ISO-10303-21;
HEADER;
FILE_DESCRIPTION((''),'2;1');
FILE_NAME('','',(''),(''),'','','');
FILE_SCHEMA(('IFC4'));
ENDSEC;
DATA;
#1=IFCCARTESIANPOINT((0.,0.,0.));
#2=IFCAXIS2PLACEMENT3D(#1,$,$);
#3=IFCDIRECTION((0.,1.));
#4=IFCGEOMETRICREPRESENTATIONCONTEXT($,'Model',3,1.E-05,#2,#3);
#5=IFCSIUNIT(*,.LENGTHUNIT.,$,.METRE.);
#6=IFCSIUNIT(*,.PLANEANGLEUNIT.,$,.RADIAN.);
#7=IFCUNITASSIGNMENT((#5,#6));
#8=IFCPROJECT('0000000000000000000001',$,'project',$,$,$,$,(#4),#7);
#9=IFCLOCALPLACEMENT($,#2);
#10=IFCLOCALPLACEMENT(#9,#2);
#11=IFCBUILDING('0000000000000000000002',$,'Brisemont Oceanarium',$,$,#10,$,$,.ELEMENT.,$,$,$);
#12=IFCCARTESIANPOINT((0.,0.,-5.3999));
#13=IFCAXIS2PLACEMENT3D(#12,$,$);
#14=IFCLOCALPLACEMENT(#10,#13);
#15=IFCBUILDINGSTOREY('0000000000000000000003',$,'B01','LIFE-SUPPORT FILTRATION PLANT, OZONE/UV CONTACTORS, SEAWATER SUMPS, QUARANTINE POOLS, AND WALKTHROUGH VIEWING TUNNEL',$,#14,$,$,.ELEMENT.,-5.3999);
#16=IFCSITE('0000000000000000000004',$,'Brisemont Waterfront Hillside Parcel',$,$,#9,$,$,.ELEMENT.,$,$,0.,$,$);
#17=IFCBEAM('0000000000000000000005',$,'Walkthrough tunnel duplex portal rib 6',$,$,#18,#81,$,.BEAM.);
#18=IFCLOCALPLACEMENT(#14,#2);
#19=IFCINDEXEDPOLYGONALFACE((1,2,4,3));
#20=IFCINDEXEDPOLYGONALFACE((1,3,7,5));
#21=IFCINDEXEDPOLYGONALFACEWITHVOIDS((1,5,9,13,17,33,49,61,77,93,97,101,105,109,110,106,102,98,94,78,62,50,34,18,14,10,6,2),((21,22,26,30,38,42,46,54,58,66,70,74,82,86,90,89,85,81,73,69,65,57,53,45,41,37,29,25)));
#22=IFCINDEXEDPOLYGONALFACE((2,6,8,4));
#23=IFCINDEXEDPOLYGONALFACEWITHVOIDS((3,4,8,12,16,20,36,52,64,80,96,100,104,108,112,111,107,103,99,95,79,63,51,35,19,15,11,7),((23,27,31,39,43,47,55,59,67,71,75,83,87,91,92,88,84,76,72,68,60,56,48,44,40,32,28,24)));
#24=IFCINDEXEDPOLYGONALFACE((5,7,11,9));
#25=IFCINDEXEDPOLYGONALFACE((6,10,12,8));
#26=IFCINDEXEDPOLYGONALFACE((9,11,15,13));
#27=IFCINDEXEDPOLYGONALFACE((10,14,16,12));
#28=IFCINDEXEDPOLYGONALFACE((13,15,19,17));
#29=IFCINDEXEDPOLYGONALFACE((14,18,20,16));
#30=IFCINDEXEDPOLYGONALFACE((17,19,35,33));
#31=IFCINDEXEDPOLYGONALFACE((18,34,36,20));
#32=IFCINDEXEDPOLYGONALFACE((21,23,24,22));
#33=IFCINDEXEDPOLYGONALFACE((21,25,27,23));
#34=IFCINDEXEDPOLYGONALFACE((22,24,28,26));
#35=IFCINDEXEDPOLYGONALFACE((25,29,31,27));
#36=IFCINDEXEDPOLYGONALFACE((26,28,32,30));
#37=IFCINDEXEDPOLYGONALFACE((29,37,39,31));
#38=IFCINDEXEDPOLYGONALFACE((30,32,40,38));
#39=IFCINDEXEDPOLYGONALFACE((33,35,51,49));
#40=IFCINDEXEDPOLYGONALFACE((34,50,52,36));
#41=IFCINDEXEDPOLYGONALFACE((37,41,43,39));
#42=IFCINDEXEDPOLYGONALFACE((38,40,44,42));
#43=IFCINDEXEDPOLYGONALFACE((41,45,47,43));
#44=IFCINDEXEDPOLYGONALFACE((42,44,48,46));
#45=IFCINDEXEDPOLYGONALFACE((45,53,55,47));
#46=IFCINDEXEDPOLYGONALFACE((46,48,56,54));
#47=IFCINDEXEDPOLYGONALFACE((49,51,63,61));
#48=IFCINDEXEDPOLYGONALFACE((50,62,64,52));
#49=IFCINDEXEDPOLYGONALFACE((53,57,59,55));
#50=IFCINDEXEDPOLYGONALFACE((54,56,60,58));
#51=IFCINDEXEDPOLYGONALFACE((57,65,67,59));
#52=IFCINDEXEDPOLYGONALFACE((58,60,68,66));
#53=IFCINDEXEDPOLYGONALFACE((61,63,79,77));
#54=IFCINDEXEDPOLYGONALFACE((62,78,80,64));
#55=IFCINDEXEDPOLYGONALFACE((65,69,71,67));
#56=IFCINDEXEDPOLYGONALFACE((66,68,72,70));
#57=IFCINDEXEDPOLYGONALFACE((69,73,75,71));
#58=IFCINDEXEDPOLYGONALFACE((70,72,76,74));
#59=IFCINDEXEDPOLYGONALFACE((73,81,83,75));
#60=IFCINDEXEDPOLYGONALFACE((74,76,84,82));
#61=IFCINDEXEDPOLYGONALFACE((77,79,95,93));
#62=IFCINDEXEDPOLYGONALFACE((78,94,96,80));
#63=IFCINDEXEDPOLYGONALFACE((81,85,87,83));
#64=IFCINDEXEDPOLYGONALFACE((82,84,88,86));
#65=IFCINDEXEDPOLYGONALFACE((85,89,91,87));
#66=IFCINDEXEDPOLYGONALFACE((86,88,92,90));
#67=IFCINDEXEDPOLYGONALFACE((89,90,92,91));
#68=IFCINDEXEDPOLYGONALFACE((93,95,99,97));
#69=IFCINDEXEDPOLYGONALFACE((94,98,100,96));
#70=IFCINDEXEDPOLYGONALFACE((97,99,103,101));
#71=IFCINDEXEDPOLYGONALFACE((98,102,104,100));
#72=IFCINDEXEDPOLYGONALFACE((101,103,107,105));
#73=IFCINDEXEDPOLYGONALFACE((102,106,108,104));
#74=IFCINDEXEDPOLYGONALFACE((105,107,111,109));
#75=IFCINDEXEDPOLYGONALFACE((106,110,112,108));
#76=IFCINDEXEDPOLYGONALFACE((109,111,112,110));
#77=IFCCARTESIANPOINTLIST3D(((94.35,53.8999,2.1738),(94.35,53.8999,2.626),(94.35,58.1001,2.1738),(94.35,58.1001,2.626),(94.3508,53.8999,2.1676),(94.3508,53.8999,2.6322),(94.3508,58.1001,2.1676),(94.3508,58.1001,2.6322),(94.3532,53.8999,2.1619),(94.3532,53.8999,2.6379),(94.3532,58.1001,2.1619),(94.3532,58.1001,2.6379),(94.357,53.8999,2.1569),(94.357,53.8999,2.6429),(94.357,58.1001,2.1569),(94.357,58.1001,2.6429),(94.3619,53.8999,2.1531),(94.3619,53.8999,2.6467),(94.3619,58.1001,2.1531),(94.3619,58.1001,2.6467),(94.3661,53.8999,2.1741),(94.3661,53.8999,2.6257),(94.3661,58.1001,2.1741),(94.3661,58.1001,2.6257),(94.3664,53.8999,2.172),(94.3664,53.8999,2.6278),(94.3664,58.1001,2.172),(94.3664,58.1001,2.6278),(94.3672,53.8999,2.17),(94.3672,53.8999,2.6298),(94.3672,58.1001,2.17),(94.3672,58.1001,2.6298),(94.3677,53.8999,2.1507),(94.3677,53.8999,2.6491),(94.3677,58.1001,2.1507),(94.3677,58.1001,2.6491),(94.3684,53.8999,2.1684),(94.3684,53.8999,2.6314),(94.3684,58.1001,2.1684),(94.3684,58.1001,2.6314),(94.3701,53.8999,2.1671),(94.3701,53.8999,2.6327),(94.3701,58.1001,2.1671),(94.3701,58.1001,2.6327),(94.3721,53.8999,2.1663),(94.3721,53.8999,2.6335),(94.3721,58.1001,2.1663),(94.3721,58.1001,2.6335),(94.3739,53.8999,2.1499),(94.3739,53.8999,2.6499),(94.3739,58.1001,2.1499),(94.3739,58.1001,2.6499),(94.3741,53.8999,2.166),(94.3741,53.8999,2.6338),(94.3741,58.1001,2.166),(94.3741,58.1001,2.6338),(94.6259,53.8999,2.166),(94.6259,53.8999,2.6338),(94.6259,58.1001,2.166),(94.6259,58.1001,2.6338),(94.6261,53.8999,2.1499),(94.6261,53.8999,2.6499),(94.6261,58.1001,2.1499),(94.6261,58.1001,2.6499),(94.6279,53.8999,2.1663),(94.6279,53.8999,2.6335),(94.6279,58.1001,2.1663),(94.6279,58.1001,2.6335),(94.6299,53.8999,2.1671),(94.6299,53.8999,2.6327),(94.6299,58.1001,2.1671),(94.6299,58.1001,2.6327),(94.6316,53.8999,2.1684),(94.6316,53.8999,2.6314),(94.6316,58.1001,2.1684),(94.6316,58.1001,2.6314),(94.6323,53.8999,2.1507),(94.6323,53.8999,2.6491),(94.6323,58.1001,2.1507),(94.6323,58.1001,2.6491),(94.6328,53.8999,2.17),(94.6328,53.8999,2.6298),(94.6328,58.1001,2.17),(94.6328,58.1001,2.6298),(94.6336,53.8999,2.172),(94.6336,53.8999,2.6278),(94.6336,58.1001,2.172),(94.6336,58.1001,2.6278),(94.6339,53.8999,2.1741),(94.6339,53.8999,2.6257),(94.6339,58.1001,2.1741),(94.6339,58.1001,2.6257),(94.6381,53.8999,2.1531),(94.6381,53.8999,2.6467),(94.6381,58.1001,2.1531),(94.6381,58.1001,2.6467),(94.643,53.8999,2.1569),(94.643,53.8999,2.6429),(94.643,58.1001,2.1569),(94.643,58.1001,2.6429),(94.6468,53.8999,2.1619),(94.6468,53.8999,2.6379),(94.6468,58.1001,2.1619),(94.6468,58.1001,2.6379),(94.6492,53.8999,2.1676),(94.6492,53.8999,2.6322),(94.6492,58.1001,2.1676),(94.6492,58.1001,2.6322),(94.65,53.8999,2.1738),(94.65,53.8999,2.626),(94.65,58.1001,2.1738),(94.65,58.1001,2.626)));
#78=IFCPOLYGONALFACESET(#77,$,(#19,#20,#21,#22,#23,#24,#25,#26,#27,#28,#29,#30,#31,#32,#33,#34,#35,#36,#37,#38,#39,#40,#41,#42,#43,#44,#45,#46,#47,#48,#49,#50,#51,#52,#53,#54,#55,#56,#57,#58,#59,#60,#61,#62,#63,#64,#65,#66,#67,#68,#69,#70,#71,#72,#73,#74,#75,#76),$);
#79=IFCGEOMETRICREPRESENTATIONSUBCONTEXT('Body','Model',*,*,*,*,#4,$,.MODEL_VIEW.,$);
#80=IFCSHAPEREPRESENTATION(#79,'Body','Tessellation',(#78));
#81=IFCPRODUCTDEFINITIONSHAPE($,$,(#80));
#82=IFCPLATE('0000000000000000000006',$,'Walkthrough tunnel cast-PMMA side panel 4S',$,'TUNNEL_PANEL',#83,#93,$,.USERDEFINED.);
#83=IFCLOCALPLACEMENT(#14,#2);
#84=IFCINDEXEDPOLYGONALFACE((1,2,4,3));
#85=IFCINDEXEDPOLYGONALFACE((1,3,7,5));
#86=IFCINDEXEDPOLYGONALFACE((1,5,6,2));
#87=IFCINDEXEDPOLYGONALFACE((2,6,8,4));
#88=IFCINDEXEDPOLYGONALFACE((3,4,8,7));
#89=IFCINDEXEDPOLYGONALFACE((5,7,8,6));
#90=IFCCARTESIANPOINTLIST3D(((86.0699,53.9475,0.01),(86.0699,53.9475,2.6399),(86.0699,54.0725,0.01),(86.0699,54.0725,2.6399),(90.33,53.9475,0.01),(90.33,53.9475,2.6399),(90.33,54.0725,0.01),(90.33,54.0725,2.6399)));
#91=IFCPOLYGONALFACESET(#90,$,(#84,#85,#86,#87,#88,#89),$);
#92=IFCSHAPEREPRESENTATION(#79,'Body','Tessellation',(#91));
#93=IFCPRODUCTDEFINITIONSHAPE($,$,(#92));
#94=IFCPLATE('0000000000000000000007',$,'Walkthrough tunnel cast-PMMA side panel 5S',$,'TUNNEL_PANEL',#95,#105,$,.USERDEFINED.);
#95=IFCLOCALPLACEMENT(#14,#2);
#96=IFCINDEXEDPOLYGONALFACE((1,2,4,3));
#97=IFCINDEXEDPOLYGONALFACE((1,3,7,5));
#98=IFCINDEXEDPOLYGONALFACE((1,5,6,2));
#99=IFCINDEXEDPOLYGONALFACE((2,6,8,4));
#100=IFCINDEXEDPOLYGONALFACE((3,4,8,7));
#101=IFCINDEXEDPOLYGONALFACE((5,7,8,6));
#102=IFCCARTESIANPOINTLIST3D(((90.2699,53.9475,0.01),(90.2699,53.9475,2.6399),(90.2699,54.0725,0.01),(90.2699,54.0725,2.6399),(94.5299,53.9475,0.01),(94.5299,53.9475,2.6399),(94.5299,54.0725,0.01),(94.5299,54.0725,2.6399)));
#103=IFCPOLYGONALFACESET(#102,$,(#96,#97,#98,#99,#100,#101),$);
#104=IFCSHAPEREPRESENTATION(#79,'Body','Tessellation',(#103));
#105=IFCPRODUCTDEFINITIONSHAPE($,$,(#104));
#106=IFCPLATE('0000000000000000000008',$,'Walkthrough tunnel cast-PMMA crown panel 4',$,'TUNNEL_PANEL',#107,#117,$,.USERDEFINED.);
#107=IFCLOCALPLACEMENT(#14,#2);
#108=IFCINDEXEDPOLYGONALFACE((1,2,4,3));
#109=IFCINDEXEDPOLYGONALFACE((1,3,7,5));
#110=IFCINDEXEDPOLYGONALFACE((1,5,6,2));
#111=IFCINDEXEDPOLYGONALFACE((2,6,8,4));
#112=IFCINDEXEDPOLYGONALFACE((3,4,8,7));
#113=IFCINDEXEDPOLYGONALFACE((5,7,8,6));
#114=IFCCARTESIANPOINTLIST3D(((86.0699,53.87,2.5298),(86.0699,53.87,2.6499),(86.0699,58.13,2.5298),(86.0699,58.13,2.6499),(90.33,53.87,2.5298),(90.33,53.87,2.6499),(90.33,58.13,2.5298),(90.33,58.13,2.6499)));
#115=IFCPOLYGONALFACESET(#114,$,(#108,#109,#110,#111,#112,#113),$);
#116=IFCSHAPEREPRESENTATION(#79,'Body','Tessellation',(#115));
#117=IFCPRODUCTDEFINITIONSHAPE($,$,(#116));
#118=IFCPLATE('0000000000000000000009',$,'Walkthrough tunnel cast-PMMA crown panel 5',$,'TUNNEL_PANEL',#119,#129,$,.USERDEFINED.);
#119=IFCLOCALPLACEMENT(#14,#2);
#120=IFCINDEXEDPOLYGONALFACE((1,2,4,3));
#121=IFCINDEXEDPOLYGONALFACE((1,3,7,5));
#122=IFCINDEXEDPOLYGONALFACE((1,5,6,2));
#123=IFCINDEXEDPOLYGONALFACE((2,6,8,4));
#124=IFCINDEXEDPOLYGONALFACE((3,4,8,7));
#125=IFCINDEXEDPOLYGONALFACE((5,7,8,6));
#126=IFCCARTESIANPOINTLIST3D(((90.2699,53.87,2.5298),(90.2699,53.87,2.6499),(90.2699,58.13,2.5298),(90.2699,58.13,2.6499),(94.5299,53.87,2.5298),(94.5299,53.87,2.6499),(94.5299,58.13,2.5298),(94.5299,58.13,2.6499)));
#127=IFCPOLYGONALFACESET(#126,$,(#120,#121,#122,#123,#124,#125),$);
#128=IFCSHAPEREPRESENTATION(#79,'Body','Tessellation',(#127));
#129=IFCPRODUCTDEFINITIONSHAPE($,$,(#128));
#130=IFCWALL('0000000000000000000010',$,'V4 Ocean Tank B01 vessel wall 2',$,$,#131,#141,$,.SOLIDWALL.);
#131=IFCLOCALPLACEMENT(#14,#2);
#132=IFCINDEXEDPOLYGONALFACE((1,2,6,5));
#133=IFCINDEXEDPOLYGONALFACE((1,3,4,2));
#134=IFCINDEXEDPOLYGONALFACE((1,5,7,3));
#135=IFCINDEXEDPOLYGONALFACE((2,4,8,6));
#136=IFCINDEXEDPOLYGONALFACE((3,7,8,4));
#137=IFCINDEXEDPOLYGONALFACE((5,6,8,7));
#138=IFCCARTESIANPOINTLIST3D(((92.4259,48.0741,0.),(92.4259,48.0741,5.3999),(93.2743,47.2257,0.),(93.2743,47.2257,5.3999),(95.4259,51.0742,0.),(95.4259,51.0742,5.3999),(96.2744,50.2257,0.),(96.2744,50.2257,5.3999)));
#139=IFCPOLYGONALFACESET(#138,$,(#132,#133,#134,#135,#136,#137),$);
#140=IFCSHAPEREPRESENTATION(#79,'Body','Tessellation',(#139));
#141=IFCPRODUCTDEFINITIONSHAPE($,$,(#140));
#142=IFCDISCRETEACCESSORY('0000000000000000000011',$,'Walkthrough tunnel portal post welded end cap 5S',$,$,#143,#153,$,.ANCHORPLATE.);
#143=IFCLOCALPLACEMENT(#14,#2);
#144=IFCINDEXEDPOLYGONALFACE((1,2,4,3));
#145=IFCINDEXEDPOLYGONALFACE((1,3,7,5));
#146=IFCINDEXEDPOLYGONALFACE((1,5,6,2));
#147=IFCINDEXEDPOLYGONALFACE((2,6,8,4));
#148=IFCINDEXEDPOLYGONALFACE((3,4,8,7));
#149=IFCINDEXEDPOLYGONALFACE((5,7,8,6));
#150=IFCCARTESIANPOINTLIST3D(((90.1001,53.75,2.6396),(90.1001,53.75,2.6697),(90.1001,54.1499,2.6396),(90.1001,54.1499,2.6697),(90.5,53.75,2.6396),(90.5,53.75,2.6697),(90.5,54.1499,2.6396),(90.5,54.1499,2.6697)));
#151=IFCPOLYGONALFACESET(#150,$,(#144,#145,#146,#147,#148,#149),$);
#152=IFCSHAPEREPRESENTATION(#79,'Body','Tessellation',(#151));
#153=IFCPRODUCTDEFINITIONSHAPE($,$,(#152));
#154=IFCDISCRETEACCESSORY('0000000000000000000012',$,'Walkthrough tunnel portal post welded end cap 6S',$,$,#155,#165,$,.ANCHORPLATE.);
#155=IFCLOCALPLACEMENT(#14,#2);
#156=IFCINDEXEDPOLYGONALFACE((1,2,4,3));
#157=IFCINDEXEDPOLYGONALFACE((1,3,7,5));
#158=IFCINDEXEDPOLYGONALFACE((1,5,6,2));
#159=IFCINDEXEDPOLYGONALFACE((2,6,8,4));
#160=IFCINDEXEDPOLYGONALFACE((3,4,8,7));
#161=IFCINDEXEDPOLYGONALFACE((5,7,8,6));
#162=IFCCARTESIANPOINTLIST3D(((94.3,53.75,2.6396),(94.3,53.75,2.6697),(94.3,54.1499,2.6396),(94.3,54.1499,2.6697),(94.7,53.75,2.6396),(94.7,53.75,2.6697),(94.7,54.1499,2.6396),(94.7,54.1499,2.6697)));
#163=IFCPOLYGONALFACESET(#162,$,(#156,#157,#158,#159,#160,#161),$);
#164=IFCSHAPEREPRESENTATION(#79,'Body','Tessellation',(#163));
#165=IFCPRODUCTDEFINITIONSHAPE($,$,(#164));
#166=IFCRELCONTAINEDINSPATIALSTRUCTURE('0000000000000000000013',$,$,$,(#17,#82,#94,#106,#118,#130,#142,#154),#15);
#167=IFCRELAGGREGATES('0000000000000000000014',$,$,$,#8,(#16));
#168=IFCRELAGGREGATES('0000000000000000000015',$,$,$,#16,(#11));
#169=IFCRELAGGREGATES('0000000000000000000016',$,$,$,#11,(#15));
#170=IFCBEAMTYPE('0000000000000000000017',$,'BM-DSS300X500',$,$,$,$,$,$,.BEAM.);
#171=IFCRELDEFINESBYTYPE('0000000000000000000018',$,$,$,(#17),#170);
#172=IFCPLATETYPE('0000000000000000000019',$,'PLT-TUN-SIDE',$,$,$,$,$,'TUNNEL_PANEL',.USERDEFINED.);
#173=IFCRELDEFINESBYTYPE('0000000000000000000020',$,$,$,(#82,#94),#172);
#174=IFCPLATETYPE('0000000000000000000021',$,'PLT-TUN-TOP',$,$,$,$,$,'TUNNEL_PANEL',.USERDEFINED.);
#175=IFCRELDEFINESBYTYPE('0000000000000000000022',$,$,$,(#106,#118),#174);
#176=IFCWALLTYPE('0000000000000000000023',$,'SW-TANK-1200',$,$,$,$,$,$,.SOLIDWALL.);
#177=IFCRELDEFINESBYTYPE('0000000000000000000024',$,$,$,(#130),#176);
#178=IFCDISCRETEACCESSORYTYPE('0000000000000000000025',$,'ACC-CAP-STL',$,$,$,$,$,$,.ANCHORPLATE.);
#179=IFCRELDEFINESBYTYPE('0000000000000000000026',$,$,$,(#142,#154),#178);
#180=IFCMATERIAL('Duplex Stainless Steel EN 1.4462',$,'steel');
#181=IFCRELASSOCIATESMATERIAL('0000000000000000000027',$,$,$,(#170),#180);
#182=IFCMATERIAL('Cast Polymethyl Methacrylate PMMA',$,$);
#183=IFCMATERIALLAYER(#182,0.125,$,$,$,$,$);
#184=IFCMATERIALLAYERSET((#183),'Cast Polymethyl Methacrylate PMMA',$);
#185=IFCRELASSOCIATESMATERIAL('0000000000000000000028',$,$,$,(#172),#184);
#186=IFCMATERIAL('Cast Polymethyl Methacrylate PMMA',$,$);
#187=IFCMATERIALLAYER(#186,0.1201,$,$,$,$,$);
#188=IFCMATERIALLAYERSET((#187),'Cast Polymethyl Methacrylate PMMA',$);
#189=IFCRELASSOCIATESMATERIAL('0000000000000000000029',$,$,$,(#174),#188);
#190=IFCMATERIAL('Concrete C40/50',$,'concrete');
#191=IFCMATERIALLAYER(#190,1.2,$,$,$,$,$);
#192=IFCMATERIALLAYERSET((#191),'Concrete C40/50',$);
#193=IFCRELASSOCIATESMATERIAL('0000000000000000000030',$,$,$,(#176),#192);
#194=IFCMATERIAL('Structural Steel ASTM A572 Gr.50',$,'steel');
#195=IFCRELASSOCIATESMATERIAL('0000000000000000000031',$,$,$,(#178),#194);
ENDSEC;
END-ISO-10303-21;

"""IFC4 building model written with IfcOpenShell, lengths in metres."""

from ifc_helpers import new_model, si_unit, direction, frame, frame_2d, origin, origin_2d, place, context, subcontext, project, spatial, rectangle, hollow_rectangle, extrude, material, layer, layer_set, material_profile, profile_set, type_object, element, save


model = new_model("IFC4")

# Units and contexts
model_context = context("Model", 3, precision=1e-05, world=origin(), true_north=direction((0.0, 1.0)))
body_context = subcontext(model_context, "Body", "Model", "MODEL_VIEW")
ifc_project = project(units=[si_unit("LENGTHUNIT", "METRE"), si_unit("PLANEANGLEUNIT", "RADIAN")], contexts=[model_context])

# Site, building, storey
site_placement = place(None, origin())
site = spatial("IfcSite", under=ifc_project, at=site_placement, Name="Brisemont Waterfront Hillside Parcel", CompositionType="ELEMENT", RefElevation=0.0)
building_placement = place(site_placement, origin())
building = spatial("IfcBuilding", under=site, at=building_placement, Name="Brisemont Oceanarium", CompositionType="ELEMENT")
storey_placement = place(building_placement, frame((0.0, 0.0, -5.3999)))
storey = spatial("IfcBuildingStorey", under=building, at=storey_placement, Name="B01", Description="LIFE-SUPPORT FILTRATION PLANT, OZONE/UV CONTACTORS, SEAWATER SUMPS, QUARANTINE POOLS, AND WALKTHROUGH VIEWING TUNNEL", CompositionType="ELEMENT", Elevation=-5.3999)

# Beam
ifc_material_1 = material(Name="Duplex Stainless Steel EN 1.4462", Category="steel")
ifc_material_profile_1 = material_profile(ifc_material_1, hollow_rectangle(XDim=0.3, YDim=0.5, WallThickness=0.0161, InnerFilletRadius=0.0081, OuterFilletRadius=0.0239, at=origin_2d()), Name="DSS-300X500")
ifc_profile_set_1 = profile_set([ifc_material_profile_1], Name="Duplex Stainless Steel EN 1.4462")
beam_type = type_object("IfcBeamType", Name="BM-DSS300X500", PredefinedType="BEAM", material=ifc_profile_set_1)
for number, where, z_axis, x_axis, name in (
    (1, (94.5, 53.8999, 2.3999), (0.0, 1.0, 0.0), (-1.0, 0.0, 0.0), "Walkthrough tunnel duplex portal rib 6"),
):
    element("IfcBeam", number, at=place(storey_placement, frame(where, z_axis=z_axis, x_axis=x_axis)), inside=storey, type_object=beam_type, Name=name, PredefinedType="BEAM", context=body_context, shape_type="SweptSolid", body=[
        extrude(hollow_rectangle(XDim=0.3, YDim=0.5, WallThickness=0.0161, InnerFilletRadius=0.0081, OuterFilletRadius=0.0239, at=origin_2d()), origin(), (0.0, 0.0, 1.0), 4.2002),
    ])

# Plates
ifc_material_2 = material(Name="Cast Polymethyl Methacrylate PMMA")
ifc_layer_1 = layer(ifc_material_2, 0.125)
ifc_layer_set_1 = layer_set([ifc_layer_1], Name="Cast Polymethyl Methacrylate PMMA")
plate_type_1 = type_object("IfcPlateType", Name="PLT-TUN-SIDE", ElementType="TUNNEL_PANEL", PredefinedType="USERDEFINED", material=ifc_layer_set_1)
for number, where, z_axis, x_axis, name in (
    (2, (88.2, 54.01, 0.01), (0.0, 0.0, 1.0), (1.0, 0.0, 0.0), "Walkthrough tunnel cast-PMMA side panel 4S"),
    (3, (92.3999, 54.01, 0.01), (0.0, 0.0, 1.0), (1.0, 0.0, 0.0), "Walkthrough tunnel cast-PMMA side panel 5S"),
):
    element("IfcPlate", number, at=place(storey_placement, frame(where, z_axis=z_axis, x_axis=x_axis)), inside=storey, type_object=plate_type_1, Name=name, ObjectType="TUNNEL_PANEL", PredefinedType="USERDEFINED", context=body_context, shape_type="SweptSolid", body=[
        extrude(rectangle(XDim=4.26, YDim=0.125, at=origin_2d()), origin(), (0.0, 0.0, 1.0), 2.6299),
    ])
ifc_material_3 = material(Name="Cast Polymethyl Methacrylate PMMA")
ifc_layer_2 = layer(ifc_material_3, 0.1201)
ifc_layer_set_2 = layer_set([ifc_layer_2], Name="Cast Polymethyl Methacrylate PMMA")
plate_type_2 = type_object("IfcPlateType", Name="PLT-TUN-TOP", ElementType="TUNNEL_PANEL", PredefinedType="USERDEFINED", material=ifc_layer_set_2)
for number, where, z_axis, x_axis, name in (
    (4, (88.2, 56.0, 2.5298), (0.0, 0.0, 1.0), (1.0, 0.0, 0.0), "Walkthrough tunnel cast-PMMA crown panel 4"),
    (5, (92.3999, 56.0, 2.5298), (0.0, 0.0, 1.0), (1.0, 0.0, 0.0), "Walkthrough tunnel cast-PMMA crown panel 5"),
):
    element("IfcPlate", number, at=place(storey_placement, frame(where, z_axis=z_axis, x_axis=x_axis)), inside=storey, type_object=plate_type_2, Name=name, ObjectType="TUNNEL_PANEL", PredefinedType="USERDEFINED", context=body_context, shape_type="SweptSolid", body=[
        extrude(rectangle(XDim=4.26, YDim=4.26, at=origin_2d()), origin(), (0.0, 0.0, 1.0), 0.1201),
    ])

# Wall
ifc_material_4 = material(Name="Concrete C40/50", Category="concrete")
ifc_layer_3 = layer(ifc_material_4, 1.2)
ifc_layer_set_3 = layer_set([ifc_layer_3], Name="Concrete C40/50")
wall_type = type_object("IfcWallType", Name="SW-TANK-1200", PredefinedType="SOLIDWALL", material=ifc_layer_set_3)
wall_placement = place(storey_placement, frame((92.8501, 47.6499, 0.0), z_axis=(0.0, 0.0, 1.0), x_axis=(0.707107, 0.707107, 0.0)))
element("IfcWall", 6, at=wall_placement, inside=storey, type_object=wall_type, Name="V4 Ocean Tank B01 vessel wall 2", PredefinedType="SOLIDWALL", context=body_context, shape_type="SweptSolid", body=[
    extrude(rectangle(XDim=4.2427, YDim=1.2, at=frame_2d((2.1213, 0.0))), origin(), (0.0, 0.0, 1.0), 5.3999),
])

# Discrete accessories
ifc_material_5 = material(Name="Structural Steel ASTM A572 Gr.50", Category="steel")
discrete_accessory_type = type_object("IfcDiscreteAccessoryType", Name="ACC-CAP-STL", PredefinedType="ANCHORPLATE", material=ifc_material_5)
for number, where, z_axis, x_axis, name in (
    (7, (90.3, 53.95, 2.6396), (0.0, 0.0, 1.0), (1.0, 0.0, 0.0), "Walkthrough tunnel portal post welded end cap 5S"),
    (8, (94.5, 53.95, 2.6396), (0.0, 0.0, 1.0), (1.0, 0.0, 0.0), "Walkthrough tunnel portal post welded end cap 6S"),
):
    element("IfcDiscreteAccessory", number, at=place(storey_placement, frame(where, z_axis=z_axis, x_axis=x_axis)), inside=storey, type_object=discrete_accessory_type, Name=name, PredefinedType="ANCHORPLATE", context=body_context, shape_type="SweptSolid", body=[
        extrude(rectangle(XDim=0.3999, YDim=0.3999, at=origin_2d()), origin(), (0.0, 0.0, 1.0), 0.03),
    ])

save(model, "model.ifc")
